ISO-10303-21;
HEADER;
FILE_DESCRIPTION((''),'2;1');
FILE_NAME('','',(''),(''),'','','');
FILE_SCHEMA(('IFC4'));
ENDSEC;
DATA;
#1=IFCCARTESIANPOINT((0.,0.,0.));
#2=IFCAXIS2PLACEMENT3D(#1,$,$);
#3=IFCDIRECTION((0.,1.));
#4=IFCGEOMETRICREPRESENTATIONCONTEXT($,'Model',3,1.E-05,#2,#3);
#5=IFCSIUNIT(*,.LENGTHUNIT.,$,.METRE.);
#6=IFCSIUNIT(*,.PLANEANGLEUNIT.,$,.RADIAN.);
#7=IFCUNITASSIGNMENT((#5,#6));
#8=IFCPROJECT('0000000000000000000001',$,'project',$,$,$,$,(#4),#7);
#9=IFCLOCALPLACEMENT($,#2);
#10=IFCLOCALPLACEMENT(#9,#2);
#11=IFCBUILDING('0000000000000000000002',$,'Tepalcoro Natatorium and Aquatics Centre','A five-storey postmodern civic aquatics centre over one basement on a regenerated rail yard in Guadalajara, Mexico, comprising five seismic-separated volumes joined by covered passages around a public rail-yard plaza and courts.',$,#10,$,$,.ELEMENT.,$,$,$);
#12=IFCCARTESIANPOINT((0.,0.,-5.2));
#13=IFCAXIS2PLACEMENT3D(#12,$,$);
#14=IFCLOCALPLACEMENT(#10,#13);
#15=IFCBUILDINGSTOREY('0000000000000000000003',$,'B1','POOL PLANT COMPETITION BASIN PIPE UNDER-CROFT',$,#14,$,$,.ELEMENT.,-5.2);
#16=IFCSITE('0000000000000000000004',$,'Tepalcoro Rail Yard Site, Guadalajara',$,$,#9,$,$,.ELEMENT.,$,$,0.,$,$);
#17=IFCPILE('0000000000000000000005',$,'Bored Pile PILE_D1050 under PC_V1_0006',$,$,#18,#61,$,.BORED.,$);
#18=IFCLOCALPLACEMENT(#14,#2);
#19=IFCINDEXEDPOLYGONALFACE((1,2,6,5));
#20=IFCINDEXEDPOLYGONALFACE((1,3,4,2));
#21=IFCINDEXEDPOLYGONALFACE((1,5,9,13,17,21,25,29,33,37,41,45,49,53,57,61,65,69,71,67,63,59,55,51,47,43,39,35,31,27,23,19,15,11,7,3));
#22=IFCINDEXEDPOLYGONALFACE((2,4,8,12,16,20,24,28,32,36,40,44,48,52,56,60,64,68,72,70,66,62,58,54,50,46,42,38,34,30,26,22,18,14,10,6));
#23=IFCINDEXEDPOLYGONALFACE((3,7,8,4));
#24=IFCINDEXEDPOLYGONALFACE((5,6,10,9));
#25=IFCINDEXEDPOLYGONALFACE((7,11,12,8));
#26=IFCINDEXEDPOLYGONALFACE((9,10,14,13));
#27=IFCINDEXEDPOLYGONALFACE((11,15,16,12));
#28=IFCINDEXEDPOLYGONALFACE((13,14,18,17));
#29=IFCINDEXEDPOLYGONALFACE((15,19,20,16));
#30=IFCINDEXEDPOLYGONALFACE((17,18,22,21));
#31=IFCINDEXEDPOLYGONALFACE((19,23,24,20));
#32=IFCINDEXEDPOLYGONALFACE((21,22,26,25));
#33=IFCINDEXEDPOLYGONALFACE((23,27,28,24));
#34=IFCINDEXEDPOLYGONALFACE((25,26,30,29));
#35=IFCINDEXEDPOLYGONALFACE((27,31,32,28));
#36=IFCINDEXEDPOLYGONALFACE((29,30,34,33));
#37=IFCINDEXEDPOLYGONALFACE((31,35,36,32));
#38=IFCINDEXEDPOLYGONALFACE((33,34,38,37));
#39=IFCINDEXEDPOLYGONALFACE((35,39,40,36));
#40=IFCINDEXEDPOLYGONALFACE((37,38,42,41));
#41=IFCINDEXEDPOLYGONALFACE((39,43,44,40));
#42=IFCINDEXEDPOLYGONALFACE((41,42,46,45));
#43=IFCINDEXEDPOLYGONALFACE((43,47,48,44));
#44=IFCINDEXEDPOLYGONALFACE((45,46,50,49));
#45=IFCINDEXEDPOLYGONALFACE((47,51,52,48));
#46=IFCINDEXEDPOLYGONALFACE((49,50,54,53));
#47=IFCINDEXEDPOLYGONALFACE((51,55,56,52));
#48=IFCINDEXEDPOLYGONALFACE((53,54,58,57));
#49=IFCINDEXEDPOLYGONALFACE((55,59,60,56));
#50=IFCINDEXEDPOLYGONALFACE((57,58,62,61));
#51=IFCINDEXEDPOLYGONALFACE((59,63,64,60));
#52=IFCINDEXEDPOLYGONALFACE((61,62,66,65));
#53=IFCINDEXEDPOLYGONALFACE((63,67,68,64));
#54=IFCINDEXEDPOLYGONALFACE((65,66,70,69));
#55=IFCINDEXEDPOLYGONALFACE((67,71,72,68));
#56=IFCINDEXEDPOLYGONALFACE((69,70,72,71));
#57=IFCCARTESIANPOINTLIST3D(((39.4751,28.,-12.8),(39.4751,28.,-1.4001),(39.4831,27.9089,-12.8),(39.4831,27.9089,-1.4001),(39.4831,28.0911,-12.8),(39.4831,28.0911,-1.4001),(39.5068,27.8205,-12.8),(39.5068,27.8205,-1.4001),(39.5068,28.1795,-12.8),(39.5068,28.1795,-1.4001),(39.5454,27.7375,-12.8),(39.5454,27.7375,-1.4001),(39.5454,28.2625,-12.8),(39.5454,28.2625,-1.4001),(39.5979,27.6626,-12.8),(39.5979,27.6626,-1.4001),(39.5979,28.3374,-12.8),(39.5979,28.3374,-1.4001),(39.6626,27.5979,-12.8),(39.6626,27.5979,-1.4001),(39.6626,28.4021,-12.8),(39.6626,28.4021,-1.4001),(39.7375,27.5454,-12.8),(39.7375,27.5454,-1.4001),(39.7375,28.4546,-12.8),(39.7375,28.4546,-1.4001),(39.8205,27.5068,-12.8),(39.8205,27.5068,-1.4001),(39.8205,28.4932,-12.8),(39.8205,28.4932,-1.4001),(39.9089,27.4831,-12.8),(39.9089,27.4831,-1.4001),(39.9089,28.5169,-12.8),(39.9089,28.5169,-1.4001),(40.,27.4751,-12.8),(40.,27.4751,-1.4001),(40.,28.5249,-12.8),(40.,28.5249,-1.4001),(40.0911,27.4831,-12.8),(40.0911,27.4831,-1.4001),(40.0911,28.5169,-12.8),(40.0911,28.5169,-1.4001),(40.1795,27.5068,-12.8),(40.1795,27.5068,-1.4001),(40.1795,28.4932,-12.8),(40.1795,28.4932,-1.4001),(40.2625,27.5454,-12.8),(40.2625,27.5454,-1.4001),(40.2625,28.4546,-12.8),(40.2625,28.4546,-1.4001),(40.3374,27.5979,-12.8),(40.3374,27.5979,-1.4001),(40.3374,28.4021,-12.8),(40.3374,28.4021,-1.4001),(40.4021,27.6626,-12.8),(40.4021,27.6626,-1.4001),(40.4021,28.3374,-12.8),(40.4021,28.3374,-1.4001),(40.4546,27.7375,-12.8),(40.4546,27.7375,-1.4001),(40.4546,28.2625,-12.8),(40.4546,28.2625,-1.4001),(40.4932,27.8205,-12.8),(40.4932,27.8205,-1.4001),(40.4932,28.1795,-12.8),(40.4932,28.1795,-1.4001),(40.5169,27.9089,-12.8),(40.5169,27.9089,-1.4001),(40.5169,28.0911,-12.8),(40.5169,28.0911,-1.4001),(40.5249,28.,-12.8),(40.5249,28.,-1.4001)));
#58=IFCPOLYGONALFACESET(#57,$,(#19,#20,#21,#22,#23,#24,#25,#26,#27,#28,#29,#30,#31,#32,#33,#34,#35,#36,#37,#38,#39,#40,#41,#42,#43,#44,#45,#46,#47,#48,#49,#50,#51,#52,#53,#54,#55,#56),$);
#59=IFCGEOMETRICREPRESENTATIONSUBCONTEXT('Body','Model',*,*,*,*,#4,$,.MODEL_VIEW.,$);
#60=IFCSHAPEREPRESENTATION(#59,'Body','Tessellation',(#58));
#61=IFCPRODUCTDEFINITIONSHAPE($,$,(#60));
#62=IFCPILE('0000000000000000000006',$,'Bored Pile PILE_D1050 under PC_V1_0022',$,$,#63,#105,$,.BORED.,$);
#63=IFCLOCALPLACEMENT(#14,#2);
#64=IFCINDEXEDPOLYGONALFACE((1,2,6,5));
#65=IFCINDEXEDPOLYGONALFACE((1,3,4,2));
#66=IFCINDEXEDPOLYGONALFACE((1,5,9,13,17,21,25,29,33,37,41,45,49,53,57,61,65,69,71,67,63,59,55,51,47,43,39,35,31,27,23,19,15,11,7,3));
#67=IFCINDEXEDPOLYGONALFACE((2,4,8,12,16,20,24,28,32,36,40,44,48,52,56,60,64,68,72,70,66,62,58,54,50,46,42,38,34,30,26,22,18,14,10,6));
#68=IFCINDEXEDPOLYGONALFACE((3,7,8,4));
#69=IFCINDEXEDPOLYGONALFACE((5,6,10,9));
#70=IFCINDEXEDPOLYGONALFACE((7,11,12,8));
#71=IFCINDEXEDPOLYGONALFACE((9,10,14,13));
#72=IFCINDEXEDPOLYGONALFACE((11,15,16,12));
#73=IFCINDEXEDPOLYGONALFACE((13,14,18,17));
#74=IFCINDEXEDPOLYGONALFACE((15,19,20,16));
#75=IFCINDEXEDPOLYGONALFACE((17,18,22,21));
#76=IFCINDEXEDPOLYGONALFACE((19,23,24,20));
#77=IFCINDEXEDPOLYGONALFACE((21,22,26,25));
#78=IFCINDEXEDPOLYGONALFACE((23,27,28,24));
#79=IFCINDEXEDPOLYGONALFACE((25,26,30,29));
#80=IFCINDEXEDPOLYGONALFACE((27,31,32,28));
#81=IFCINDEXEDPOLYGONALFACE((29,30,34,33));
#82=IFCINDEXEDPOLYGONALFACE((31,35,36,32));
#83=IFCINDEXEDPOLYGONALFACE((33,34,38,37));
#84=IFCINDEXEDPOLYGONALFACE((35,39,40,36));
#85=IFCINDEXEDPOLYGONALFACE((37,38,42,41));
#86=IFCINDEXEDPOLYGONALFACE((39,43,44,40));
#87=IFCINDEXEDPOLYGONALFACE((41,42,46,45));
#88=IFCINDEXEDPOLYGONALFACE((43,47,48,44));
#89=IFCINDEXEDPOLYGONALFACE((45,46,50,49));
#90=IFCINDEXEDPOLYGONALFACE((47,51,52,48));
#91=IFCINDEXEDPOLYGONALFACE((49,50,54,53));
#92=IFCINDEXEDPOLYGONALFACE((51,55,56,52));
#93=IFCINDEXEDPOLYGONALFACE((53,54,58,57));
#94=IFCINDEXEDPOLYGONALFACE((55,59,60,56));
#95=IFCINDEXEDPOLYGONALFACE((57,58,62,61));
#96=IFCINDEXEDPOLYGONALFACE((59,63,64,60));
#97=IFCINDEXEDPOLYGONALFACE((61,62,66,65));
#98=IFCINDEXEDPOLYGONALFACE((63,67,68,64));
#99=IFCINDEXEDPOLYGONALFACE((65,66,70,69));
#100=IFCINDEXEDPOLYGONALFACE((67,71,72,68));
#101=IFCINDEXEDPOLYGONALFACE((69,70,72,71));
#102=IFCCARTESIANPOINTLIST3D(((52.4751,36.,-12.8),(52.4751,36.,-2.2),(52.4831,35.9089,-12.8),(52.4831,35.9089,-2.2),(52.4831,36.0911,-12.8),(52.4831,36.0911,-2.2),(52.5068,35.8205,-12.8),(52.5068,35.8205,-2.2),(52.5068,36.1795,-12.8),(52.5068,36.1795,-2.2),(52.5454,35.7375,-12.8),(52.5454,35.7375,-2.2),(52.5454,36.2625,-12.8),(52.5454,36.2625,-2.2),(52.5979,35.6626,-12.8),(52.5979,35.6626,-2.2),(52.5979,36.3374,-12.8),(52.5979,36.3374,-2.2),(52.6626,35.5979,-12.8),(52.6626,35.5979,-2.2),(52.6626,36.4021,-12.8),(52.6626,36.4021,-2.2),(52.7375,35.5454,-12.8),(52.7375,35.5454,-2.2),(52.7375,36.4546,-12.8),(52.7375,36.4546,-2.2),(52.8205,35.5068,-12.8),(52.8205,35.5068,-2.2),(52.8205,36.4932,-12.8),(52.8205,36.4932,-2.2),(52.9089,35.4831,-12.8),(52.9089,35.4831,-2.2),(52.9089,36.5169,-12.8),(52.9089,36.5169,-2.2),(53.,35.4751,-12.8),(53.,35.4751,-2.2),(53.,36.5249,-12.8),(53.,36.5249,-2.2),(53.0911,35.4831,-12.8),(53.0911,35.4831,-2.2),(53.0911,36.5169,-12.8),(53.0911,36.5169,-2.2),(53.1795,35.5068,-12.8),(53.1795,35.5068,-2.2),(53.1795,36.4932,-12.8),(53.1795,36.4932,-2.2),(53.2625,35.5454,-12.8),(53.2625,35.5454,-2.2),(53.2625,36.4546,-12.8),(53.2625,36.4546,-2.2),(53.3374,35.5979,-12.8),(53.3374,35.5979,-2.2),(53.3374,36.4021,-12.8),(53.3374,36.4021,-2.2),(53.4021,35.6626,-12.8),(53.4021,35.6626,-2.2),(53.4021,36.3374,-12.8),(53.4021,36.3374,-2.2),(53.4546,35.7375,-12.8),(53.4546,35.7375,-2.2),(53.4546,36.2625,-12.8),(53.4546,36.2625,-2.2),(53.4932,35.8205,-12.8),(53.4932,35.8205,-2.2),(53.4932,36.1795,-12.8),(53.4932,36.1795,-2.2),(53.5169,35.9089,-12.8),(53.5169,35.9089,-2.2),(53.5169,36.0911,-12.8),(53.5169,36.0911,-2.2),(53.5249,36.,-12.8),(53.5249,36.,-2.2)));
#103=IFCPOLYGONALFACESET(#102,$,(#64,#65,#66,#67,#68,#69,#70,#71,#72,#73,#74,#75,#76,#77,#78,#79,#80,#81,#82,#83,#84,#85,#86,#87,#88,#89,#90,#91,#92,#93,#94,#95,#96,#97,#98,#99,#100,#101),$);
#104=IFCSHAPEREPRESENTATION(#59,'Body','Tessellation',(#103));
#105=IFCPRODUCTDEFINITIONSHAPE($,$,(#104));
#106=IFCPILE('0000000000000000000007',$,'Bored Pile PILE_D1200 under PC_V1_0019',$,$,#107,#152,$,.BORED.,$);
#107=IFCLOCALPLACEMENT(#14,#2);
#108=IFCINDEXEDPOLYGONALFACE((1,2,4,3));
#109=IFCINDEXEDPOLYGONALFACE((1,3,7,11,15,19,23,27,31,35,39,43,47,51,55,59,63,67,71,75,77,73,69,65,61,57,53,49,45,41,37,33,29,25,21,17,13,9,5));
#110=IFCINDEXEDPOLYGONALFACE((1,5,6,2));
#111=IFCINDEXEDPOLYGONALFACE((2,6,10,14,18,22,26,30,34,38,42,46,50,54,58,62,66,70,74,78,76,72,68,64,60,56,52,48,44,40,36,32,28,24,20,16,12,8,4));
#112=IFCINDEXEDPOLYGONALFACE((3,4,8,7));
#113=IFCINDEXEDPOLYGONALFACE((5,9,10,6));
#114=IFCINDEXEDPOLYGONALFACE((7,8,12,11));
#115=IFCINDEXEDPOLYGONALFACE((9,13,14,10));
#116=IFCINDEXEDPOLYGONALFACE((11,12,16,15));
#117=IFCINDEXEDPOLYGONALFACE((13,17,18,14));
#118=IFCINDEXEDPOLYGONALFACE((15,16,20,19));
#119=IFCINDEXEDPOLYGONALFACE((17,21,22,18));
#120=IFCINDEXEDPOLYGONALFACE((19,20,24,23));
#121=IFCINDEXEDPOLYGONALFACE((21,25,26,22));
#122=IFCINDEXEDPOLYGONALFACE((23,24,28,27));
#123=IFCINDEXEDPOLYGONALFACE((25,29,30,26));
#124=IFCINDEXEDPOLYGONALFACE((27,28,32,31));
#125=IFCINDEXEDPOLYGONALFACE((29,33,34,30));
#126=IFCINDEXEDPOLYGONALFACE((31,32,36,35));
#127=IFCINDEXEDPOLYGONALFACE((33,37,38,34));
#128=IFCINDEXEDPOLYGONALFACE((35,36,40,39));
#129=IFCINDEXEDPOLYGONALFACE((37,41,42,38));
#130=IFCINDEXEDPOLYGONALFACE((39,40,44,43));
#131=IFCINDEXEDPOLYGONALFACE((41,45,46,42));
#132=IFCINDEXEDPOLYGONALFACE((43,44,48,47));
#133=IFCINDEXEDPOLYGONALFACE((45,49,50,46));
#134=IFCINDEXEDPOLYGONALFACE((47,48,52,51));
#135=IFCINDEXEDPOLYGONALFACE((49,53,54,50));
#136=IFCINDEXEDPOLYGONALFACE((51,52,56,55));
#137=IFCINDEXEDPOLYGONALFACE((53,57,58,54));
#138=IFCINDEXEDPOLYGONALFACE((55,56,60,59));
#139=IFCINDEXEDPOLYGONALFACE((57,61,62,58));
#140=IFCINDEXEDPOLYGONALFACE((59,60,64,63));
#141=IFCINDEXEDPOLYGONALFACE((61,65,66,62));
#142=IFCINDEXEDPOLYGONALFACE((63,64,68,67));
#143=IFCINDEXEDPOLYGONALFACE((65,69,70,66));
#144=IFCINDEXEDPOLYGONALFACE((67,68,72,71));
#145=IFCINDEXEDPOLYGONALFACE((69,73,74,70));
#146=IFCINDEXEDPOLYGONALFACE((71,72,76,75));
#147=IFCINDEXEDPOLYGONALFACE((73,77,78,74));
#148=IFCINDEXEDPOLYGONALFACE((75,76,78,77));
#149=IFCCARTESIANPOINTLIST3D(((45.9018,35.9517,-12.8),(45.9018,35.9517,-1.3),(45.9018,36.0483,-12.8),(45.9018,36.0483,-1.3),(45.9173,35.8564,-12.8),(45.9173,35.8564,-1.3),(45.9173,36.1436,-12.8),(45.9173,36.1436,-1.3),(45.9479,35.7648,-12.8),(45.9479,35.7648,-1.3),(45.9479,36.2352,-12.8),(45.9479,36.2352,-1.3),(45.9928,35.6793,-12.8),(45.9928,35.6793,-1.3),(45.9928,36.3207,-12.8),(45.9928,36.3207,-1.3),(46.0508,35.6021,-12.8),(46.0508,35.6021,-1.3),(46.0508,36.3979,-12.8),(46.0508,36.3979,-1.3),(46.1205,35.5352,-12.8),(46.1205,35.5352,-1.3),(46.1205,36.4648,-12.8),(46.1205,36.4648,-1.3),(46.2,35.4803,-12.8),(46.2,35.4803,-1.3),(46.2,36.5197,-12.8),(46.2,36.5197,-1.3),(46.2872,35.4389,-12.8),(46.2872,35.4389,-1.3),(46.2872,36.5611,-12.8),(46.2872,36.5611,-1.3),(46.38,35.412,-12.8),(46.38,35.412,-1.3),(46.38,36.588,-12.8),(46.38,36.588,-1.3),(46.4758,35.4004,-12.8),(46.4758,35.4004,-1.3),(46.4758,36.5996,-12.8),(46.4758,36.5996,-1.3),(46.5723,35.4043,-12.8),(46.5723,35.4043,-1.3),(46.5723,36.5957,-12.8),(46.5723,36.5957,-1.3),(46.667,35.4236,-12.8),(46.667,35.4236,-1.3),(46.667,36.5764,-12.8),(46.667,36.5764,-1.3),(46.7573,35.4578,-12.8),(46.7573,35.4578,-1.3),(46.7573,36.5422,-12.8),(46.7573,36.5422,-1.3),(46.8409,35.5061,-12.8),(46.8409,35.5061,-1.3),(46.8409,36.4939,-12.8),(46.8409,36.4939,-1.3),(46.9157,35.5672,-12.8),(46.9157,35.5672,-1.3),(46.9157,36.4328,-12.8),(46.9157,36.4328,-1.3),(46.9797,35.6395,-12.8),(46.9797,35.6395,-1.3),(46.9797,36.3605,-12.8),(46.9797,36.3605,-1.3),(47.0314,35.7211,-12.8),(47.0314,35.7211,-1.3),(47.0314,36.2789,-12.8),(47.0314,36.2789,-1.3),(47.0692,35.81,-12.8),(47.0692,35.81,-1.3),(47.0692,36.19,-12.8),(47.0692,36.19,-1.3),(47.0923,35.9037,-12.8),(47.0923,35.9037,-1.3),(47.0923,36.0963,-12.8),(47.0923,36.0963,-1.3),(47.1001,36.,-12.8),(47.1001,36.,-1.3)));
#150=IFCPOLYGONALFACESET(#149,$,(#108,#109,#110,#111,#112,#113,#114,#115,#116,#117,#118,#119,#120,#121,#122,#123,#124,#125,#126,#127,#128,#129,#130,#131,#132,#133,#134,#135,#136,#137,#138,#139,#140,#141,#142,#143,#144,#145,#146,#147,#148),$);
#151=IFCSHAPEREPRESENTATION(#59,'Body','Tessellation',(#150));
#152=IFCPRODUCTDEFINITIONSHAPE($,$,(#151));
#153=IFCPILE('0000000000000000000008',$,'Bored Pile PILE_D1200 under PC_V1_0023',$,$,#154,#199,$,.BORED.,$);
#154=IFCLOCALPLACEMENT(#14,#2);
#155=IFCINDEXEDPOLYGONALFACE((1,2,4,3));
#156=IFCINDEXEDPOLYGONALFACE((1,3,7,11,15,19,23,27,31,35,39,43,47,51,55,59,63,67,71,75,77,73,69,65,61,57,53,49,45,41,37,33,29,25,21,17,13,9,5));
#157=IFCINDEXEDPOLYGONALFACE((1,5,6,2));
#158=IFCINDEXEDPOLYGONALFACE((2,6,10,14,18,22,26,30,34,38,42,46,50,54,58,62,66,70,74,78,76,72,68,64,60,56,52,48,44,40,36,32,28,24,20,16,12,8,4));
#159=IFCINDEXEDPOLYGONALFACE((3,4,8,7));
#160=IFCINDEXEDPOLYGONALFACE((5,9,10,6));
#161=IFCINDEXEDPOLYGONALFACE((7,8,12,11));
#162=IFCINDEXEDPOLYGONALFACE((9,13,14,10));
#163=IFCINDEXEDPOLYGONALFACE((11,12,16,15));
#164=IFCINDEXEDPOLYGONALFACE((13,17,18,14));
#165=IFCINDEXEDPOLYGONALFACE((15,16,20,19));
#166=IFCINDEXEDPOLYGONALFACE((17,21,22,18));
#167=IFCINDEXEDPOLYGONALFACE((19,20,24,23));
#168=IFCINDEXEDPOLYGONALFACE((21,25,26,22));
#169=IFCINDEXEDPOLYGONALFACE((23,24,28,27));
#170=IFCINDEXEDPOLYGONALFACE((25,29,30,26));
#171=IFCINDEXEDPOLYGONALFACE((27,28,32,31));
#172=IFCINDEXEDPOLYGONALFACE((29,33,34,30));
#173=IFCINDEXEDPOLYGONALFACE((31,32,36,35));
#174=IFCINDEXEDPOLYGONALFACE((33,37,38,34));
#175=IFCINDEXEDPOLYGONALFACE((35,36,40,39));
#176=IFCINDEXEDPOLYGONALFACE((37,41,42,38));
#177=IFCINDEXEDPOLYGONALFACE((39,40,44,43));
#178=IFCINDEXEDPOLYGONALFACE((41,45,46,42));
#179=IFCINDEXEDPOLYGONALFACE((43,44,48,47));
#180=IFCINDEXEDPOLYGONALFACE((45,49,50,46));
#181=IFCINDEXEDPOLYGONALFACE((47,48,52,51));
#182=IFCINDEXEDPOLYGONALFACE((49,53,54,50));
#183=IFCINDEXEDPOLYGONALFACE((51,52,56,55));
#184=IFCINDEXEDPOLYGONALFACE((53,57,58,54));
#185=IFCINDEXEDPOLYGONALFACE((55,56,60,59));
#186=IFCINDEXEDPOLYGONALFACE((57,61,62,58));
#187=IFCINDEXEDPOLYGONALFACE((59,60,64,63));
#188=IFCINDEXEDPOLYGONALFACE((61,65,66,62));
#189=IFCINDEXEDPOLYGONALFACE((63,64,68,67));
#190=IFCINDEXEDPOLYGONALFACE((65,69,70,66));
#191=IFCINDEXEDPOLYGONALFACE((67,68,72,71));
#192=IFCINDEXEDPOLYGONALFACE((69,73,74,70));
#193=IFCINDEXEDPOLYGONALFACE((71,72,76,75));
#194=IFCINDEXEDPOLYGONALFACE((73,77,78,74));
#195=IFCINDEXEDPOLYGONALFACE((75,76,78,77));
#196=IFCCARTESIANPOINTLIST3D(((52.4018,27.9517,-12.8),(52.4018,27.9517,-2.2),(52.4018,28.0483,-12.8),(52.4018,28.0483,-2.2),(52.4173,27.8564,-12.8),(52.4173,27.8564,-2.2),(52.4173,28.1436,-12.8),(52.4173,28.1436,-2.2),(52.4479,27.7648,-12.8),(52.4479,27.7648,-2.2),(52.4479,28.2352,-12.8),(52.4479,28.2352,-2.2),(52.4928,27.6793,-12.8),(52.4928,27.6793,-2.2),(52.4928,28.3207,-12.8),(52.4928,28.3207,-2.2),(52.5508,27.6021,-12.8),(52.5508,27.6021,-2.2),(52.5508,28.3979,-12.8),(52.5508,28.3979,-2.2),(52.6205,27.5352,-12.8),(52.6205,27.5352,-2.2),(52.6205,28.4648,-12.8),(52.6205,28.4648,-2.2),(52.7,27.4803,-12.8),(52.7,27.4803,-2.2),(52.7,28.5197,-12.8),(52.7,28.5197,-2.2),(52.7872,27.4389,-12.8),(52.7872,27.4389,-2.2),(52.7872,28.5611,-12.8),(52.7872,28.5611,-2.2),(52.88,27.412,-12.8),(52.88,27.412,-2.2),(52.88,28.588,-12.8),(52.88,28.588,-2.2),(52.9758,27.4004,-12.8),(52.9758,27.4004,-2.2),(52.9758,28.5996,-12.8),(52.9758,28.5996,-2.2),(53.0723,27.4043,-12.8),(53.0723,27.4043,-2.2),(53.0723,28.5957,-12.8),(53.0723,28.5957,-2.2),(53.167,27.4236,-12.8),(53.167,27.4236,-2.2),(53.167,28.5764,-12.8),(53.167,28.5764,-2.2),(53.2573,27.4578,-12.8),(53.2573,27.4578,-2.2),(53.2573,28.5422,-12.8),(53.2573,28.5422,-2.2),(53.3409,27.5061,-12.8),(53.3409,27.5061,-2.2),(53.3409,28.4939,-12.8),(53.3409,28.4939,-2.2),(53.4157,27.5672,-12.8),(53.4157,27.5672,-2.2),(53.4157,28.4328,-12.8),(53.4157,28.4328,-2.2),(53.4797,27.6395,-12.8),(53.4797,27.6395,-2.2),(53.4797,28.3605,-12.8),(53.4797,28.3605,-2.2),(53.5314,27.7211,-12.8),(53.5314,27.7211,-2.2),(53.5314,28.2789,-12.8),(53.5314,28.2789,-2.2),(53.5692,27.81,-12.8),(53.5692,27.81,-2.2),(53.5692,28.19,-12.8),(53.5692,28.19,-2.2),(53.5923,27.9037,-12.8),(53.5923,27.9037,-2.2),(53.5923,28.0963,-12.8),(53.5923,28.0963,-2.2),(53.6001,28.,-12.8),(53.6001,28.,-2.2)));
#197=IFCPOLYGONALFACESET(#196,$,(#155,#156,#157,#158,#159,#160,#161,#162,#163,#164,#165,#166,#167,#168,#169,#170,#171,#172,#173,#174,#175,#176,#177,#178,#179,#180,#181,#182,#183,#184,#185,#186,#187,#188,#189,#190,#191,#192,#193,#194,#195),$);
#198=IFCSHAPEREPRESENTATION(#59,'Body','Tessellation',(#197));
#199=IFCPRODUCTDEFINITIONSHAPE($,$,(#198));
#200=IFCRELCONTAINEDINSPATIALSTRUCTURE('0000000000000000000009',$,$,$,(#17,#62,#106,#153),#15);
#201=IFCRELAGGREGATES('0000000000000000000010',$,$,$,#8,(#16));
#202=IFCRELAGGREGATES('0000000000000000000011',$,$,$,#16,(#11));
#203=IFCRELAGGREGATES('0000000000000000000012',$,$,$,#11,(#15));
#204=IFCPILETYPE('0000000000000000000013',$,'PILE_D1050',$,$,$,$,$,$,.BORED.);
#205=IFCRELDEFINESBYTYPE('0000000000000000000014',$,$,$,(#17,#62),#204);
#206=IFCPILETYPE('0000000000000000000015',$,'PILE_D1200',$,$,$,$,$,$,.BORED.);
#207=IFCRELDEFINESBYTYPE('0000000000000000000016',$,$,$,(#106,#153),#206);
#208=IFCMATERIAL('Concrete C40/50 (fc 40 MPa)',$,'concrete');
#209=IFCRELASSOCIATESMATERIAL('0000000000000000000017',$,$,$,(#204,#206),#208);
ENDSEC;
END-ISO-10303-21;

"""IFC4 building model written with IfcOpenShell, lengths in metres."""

from ifc_helpers import new_model, si_unit, direction, frame, origin, origin_2d, place, context, subcontext, project, spatial, circle, extrude, material, material_profile, profile_set, type_object, element, save


model = new_model("IFC4")

# Units and contexts
model_context = context("Model", 3, precision=1e-05, world=origin(), true_north=direction((0.0, 1.0)))
body_context = subcontext(model_context, "Body", "Model", "MODEL_VIEW")
ifc_project = project(units=[si_unit("LENGTHUNIT", "METRE"), si_unit("PLANEANGLEUNIT", "RADIAN")], contexts=[model_context])

# Site, building, storey
site_placement = place(None, origin())
site = spatial("IfcSite", under=ifc_project, at=site_placement, Name="Tepalcoro Rail Yard Site, Guadalajara", CompositionType="ELEMENT", RefElevation=0.0)
building_placement = place(site_placement, origin())
building = spatial("IfcBuilding", under=site, at=building_placement, Name="Tepalcoro Natatorium and Aquatics Centre", Description="A five-storey postmodern civic aquatics centre over one basement on a regenerated rail yard in Guadalajara, Mexico, comprising five seismic-separated volumes joined by covered passages around a public rail-yard plaza and courts.", CompositionType="ELEMENT")
storey_placement = place(building_placement, frame((0.0, 0.0, -5.2)))
storey = spatial("IfcBuildingStorey", under=building, at=storey_placement, Name="B1", Description="POOL PLANT COMPETITION BASIN PIPE UNDER-CROFT", CompositionType="ELEMENT", Elevation=-5.2)

# Piles
ifc_material_1 = material(Name="Concrete C40/50 (fc 40 MPa)", Category="concrete")
ifc_material_profile_1 = material_profile(ifc_material_1, circle(Radius=0.5249, at=origin_2d()), Name="PILE_D1050")
ifc_profile_set_1 = profile_set([ifc_material_profile_1], Name="Concrete C40/50 (fc 40 MPa)")
pile_type_1 = type_object("IfcPileType", Name="PILE_D1050", PredefinedType="BORED", material=ifc_profile_set_1)
pile_1_placement = place(storey_placement, frame((40.0, 28.0, -1.4001), z_axis=(0.0, 0.0, -1.0), x_axis=(1.0, 0.0, 0.0)))
element("IfcPile", 1, at=pile_1_placement, inside=storey, type_object=pile_type_1, Name="Bored Pile PILE_D1050 under PC_V1_0006", PredefinedType="BORED", context=body_context, shape_type="SweptSolid", body=[
    extrude(circle(Radius=0.5249, at=origin_2d()), origin(), (0.0, 0.0, 1.0), 11.3999),
])
pile_2_placement = place(storey_placement, frame((53.0, 36.0, -2.2), z_axis=(0.0, 0.0, -1.0), x_axis=(1.0, 0.0, 0.0)))
element("IfcPile", 2, at=pile_2_placement, inside=storey, type_object=pile_type_1, Name="Bored Pile PILE_D1050 under PC_V1_0022", PredefinedType="BORED", context=body_context, shape_type="SweptSolid", body=[
    extrude(circle(Radius=0.5249, at=origin_2d()), origin(), (0.0, 0.0, 1.0), 10.6001),
])
ifc_material_profile_2 = material_profile(ifc_material_1, circle(Radius=0.6001, at=origin_2d()), Name="PILE_D1200")
ifc_profile_set_2 = profile_set([ifc_material_profile_2], Name="Concrete C40/50 (fc 40 MPa)")
pile_type_2 = type_object("IfcPileType", Name="PILE_D1200", PredefinedType="BORED", material=ifc_profile_set_2)
pile_3_placement = place(storey_placement, frame((46.5, 36.0, -1.3), z_axis=(0.0, 0.0, -1.0), x_axis=(1.0, 0.0, 0.0)))
element("IfcPile", 3, at=pile_3_placement, inside=storey, type_object=pile_type_2, Name="Bored Pile PILE_D1200 under PC_V1_0019", PredefinedType="BORED", context=body_context, shape_type="SweptSolid", body=[
    extrude(circle(Radius=0.6001, at=origin_2d()), origin(), (0.0, 0.0, 1.0), 11.5),
])
pile_4_placement = place(storey_placement, frame((53.0, 28.0, -2.2), z_axis=(0.0, 0.0, -1.0), x_axis=(1.0, 0.0, 0.0)))
element("IfcPile", 4, at=pile_4_placement, inside=storey, type_object=pile_type_2, Name="Bored Pile PILE_D1200 under PC_V1_0023", PredefinedType="BORED", context=body_context, shape_type="SweptSolid", body=[
    extrude(circle(Radius=0.6001, at=origin_2d()), origin(), (0.0, 0.0, 1.0), 10.6001),
])

save(model, "model.ifc")
